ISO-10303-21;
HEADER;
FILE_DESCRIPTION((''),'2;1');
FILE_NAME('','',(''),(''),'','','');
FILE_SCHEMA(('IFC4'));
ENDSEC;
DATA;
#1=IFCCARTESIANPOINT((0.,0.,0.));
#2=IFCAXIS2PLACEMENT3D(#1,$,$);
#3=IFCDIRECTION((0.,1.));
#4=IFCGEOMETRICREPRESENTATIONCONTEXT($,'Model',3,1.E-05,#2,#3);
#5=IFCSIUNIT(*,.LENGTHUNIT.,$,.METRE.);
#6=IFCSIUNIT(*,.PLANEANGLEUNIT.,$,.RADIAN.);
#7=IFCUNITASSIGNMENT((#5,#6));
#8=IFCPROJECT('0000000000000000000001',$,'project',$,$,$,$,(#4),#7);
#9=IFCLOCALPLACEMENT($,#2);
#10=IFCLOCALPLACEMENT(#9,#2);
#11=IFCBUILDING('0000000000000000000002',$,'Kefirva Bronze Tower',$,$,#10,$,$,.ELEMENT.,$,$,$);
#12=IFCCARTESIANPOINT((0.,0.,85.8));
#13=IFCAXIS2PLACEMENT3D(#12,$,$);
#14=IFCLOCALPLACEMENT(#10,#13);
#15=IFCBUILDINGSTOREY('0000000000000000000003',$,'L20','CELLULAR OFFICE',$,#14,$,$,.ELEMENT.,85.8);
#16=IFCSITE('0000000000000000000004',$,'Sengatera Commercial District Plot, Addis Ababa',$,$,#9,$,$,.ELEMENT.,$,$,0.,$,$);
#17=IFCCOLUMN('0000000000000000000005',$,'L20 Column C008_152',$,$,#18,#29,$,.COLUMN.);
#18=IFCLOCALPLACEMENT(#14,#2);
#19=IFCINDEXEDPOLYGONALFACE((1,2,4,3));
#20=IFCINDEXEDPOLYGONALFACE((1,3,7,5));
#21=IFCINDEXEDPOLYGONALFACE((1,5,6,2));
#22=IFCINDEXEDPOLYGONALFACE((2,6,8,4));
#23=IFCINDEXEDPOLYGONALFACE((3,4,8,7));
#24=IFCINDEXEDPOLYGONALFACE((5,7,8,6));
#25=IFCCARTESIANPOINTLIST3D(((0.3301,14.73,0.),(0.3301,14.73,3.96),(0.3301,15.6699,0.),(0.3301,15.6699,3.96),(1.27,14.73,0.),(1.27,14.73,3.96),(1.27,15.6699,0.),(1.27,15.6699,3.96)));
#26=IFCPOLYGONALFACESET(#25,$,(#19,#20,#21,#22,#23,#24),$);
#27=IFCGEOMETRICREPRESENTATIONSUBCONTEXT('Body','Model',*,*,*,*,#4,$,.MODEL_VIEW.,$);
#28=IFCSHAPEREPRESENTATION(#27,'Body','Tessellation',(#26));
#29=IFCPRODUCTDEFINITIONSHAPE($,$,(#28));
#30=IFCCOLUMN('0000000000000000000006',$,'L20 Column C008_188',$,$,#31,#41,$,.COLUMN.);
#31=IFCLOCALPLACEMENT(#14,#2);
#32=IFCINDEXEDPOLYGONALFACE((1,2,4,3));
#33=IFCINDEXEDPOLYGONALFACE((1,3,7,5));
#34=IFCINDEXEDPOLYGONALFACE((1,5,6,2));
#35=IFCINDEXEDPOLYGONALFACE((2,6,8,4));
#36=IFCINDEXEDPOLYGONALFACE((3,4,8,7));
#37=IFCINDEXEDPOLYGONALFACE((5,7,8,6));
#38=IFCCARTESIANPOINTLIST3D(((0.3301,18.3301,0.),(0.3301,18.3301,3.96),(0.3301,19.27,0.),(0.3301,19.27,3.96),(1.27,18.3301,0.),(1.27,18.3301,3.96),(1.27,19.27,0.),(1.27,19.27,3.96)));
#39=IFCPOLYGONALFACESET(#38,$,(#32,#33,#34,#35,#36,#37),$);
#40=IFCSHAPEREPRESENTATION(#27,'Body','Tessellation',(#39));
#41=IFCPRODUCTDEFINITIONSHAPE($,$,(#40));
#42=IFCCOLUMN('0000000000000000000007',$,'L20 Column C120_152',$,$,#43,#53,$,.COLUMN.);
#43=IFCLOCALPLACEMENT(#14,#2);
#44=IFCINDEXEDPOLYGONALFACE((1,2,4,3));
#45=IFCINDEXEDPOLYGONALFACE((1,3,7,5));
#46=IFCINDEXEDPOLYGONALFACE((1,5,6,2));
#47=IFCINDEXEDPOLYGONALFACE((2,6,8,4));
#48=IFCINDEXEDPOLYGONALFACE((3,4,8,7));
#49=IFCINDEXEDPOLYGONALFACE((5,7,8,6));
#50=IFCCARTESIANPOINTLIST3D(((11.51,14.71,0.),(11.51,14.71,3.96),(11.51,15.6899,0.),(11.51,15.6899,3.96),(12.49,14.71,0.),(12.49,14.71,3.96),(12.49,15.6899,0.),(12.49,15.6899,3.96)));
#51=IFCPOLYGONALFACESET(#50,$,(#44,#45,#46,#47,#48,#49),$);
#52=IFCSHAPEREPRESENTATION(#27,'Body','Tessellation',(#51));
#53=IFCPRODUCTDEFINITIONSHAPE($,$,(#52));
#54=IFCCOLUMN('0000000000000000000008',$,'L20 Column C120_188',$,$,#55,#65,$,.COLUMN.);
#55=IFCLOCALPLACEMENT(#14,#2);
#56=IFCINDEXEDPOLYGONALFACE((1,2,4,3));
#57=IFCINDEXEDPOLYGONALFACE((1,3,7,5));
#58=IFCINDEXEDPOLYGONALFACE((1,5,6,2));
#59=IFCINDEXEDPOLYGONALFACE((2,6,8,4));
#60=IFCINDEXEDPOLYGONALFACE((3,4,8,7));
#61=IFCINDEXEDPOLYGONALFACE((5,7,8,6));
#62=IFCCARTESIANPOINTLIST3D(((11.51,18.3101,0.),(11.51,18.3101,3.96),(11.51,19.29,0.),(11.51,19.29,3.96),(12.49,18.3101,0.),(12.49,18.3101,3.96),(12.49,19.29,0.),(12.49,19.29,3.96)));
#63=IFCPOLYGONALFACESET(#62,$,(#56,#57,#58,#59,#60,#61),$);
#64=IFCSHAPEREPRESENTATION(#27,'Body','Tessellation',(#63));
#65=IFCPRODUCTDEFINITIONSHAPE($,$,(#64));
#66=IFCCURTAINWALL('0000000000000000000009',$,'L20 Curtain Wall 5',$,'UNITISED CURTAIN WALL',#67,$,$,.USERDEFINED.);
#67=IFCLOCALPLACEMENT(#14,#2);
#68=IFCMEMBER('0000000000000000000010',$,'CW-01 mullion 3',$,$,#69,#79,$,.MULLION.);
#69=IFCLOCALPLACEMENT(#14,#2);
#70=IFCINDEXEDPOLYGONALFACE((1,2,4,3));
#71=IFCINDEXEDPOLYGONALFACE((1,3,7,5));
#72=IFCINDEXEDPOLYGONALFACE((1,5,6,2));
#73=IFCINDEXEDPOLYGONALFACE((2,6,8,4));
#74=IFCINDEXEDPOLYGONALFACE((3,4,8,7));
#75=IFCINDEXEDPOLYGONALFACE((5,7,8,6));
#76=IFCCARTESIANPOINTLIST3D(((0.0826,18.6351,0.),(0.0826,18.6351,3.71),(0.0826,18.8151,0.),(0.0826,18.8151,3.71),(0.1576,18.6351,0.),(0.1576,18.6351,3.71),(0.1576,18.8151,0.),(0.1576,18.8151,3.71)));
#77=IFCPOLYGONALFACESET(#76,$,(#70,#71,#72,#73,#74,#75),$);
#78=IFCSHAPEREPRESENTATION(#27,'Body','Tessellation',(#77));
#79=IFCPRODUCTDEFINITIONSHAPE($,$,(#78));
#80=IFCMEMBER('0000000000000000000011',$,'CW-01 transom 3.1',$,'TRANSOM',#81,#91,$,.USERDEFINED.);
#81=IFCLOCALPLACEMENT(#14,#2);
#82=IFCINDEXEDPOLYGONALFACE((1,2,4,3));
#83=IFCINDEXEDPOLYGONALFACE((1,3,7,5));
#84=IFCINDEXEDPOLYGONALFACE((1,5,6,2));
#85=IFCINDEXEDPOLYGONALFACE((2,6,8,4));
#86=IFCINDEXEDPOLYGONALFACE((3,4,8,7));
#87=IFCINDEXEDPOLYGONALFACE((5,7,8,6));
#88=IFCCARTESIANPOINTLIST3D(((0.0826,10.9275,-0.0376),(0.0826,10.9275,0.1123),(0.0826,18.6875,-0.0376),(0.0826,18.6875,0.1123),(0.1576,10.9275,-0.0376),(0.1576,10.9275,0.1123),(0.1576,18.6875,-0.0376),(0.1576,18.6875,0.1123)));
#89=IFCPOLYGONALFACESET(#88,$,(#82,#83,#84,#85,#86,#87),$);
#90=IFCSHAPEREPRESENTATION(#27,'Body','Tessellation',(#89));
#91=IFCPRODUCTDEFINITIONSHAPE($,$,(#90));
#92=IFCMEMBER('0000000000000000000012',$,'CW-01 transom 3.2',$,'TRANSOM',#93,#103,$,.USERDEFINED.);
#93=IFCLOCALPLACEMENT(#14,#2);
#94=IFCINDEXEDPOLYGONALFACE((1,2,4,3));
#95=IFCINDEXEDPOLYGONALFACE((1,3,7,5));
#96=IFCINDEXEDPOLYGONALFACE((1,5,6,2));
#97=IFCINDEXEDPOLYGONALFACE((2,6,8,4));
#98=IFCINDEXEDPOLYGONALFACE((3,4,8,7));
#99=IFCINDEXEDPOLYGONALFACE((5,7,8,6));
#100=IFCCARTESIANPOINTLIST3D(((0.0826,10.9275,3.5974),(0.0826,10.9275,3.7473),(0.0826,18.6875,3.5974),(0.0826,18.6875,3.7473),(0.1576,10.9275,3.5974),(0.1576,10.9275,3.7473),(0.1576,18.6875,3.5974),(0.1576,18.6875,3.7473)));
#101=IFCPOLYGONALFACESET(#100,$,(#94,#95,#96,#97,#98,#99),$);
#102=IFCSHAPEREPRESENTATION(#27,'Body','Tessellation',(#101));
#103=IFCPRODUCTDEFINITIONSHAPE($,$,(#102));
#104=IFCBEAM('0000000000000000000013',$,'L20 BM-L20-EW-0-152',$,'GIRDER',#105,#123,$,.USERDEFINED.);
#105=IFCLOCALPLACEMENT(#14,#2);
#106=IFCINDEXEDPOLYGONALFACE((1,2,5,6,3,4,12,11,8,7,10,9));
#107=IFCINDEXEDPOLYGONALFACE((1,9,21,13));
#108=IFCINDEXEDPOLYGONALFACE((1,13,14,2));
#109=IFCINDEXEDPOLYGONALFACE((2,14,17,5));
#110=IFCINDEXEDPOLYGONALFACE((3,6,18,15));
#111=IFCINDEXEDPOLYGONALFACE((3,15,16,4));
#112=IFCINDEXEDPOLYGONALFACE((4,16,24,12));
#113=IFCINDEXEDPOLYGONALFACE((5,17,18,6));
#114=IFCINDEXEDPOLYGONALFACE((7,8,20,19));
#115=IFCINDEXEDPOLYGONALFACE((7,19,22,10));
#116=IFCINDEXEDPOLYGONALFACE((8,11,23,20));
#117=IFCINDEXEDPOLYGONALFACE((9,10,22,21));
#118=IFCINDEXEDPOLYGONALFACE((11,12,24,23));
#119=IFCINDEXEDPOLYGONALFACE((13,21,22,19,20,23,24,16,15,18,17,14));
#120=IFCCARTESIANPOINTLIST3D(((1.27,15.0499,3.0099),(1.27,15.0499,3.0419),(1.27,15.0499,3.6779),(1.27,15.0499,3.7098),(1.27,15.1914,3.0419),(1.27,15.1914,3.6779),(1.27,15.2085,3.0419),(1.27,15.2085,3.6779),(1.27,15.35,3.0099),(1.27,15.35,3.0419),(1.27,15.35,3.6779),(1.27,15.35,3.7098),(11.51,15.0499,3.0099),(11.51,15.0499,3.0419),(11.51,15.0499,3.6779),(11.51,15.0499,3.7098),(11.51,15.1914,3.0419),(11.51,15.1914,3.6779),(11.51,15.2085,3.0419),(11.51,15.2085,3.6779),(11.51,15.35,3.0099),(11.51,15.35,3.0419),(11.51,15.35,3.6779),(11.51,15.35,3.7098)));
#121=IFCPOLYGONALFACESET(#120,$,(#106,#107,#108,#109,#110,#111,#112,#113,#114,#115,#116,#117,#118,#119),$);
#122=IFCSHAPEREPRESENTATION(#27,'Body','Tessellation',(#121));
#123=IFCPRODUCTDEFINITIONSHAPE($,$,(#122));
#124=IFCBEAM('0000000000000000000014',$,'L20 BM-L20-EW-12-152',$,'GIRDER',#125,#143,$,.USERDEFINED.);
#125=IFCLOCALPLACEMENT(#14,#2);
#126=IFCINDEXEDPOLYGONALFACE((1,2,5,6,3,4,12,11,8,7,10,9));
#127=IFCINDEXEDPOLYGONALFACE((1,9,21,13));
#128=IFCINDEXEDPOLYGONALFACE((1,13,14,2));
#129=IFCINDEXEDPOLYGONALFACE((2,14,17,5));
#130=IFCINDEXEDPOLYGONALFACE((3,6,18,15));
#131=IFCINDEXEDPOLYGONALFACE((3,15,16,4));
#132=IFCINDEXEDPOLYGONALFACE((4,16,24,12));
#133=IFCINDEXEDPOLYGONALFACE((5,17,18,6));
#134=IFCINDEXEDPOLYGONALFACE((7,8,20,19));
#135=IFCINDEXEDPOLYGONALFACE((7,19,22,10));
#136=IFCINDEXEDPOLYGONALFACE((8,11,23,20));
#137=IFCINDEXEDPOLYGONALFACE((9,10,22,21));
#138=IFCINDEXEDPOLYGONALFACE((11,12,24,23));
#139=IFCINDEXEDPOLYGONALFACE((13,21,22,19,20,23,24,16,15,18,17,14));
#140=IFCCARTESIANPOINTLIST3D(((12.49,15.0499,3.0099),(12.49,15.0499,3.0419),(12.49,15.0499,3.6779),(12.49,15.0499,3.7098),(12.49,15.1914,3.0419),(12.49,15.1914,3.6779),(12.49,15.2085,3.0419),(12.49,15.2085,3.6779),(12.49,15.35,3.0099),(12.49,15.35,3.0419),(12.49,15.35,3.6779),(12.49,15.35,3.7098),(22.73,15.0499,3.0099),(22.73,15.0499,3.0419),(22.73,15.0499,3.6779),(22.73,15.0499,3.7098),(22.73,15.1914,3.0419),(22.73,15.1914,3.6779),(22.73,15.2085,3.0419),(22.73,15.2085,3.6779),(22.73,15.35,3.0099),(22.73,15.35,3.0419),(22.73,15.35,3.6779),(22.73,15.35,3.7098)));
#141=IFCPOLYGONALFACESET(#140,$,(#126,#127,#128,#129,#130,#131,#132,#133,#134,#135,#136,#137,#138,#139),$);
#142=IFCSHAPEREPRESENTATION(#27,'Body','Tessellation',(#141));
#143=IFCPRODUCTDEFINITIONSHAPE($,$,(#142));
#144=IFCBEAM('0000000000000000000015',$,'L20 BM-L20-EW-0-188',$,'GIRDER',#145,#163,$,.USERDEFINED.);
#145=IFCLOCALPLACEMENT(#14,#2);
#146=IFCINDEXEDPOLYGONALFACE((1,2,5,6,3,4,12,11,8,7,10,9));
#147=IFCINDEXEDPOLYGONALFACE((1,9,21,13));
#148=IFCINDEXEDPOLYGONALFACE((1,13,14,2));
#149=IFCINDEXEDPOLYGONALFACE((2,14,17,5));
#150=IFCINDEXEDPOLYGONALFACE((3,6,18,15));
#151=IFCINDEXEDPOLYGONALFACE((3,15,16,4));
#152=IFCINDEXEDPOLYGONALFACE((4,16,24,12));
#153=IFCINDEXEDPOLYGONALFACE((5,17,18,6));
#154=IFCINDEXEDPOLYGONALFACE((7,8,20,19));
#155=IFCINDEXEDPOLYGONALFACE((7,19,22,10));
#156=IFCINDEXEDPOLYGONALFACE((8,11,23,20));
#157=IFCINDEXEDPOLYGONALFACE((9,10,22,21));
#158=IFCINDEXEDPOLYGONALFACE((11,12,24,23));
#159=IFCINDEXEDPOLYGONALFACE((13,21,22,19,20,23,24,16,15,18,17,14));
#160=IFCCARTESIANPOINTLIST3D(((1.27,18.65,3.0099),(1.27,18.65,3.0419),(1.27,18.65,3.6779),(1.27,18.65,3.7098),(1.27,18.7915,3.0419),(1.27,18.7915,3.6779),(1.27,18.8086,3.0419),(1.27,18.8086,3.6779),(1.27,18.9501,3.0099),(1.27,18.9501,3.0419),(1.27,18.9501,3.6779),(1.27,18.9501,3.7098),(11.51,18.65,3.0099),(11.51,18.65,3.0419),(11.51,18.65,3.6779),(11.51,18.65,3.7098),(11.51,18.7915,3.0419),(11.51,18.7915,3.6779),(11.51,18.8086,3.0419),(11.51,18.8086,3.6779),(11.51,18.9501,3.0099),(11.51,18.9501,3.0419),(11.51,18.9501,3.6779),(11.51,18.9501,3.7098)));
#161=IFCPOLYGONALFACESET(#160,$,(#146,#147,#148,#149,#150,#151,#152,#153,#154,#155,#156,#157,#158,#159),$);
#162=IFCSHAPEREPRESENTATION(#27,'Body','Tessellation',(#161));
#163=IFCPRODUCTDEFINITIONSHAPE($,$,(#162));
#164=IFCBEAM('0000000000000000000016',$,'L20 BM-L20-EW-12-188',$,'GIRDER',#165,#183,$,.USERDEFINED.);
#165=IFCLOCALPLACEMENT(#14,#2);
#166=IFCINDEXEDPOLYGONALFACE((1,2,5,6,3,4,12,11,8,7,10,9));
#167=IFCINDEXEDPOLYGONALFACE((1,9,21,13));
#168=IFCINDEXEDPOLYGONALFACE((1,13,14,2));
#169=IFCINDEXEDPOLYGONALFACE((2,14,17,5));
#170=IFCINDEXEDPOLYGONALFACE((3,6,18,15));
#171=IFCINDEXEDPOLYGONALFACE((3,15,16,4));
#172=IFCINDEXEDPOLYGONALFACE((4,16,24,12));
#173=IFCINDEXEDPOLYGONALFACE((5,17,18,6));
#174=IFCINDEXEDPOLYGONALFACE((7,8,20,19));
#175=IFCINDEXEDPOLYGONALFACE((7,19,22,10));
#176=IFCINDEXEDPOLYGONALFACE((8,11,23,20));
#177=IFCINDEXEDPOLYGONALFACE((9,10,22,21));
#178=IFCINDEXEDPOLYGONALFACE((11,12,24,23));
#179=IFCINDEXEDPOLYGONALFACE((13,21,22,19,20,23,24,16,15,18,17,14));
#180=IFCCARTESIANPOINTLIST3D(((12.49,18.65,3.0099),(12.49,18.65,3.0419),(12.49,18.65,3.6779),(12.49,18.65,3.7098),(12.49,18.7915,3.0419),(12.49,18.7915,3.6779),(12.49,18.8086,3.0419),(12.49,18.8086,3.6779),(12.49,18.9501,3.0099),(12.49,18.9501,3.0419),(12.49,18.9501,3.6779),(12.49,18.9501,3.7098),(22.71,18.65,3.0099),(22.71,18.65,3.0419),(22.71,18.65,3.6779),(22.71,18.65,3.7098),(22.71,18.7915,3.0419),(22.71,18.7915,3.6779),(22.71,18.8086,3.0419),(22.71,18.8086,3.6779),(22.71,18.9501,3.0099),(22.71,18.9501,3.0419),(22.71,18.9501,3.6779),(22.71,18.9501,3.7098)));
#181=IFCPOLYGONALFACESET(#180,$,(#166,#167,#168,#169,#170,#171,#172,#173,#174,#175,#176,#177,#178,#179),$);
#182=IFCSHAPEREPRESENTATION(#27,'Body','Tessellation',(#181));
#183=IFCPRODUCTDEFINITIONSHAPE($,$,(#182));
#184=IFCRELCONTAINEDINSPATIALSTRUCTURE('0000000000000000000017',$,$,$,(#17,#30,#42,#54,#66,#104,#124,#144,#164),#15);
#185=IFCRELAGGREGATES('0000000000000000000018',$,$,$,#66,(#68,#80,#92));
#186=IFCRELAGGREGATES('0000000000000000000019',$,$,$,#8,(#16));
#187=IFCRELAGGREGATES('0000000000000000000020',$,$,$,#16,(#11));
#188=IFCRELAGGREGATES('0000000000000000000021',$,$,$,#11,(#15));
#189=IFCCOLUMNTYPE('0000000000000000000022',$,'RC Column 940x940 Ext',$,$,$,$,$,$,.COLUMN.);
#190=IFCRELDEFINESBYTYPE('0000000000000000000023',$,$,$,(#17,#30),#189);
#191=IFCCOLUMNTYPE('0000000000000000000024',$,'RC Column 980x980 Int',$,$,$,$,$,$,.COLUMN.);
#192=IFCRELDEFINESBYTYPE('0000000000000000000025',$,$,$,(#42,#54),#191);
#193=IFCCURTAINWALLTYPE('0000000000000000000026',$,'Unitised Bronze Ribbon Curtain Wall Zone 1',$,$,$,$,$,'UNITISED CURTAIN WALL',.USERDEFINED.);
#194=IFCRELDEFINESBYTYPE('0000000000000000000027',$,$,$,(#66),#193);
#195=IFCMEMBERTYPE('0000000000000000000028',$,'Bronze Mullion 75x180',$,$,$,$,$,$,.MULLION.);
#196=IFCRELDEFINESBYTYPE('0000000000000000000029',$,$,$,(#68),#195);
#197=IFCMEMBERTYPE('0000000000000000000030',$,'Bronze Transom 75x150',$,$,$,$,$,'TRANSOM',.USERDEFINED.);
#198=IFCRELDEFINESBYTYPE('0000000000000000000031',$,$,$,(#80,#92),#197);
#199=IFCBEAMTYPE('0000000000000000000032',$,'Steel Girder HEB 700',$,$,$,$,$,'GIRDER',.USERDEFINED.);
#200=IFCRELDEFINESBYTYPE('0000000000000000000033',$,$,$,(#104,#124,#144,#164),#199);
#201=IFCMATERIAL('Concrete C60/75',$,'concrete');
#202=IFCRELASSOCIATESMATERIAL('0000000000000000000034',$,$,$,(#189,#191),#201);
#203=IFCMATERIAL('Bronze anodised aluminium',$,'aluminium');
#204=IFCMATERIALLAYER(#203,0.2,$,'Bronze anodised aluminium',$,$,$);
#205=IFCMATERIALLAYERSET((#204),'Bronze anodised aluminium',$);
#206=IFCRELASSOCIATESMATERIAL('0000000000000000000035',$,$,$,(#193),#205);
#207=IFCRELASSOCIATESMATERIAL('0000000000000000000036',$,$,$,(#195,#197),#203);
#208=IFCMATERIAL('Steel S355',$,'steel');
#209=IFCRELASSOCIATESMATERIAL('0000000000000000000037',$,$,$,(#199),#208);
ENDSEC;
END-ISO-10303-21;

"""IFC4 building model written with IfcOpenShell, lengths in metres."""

from ifc_helpers import new_model, si_unit, direction, frame, origin, origin_2d, place, context, subcontext, project, spatial, rectangle, i_section, extrude, material, layer, layer_set, material_profile, profile_set, type_object, element, aggregate, save


model = new_model("IFC4")

# Units and contexts
model_context = context("Model", 3, precision=1e-05, world=origin(), true_north=direction((0.0, 1.0)))
body_context = subcontext(model_context, "Body", "Model", "MODEL_VIEW")
ifc_project = project(units=[si_unit("LENGTHUNIT", "METRE"), si_unit("PLANEANGLEUNIT", "RADIAN")], contexts=[model_context])

# Site, building, storey
site_placement = place(None, origin())
site = spatial("IfcSite", under=ifc_project, at=site_placement, Name="Sengatera Commercial District Plot, Addis Ababa", CompositionType="ELEMENT", RefElevation=0.0)
building_placement = place(site_placement, origin())
building = spatial("IfcBuilding", under=site, at=building_placement, Name="Kefirva Bronze Tower", CompositionType="ELEMENT")
storey_placement = place(building_placement, frame((0.0, 0.0, 85.8)))
storey = spatial("IfcBuildingStorey", under=building, at=storey_placement, Name="L20", Description="CELLULAR OFFICE", CompositionType="ELEMENT", Elevation=85.8)

# Columns
ifc_material_1 = material(Name="Concrete C60/75", Category="concrete")
ifc_material_profile_1 = material_profile(ifc_material_1, rectangle(XDim=0.9399, YDim=0.9399, at=origin_2d()), Name="RC 940x940")
ifc_profile_set_1 = profile_set([ifc_material_profile_1], Name="Concrete C60/75")
column_type_1 = type_object("IfcColumnType", Name="RC Column 940x940 Ext", PredefinedType="COLUMN", material=ifc_profile_set_1)
for number, where, z_axis, x_axis, name in (
    (1, (0.8, 15.2, 0.0), (0.0, 0.0, 1.0), (1.0, 0.0, 0.0), "L20 Column C008_152"),
    (2, (0.8, 18.8, 0.0), (0.0, 0.0, 1.0), (1.0, 0.0, 0.0), "L20 Column C008_188"),
):
    element("IfcColumn", number, at=place(storey_placement, frame(where, z_axis=z_axis, x_axis=x_axis)), inside=storey, type_object=column_type_1, Name=name, PredefinedType="COLUMN", context=body_context, shape_type="SweptSolid", body=[
        extrude(rectangle(XDim=0.9399, YDim=0.9399, at=origin_2d()), origin(), (0.0, 0.0, 1.0), 3.96),
    ])
ifc_material_profile_2 = material_profile(ifc_material_1, rectangle(XDim=0.98, YDim=0.98, at=origin_2d()), Name="RC 980x980")
ifc_profile_set_2 = profile_set([ifc_material_profile_2], Name="Concrete C60/75")
column_type_2 = type_object("IfcColumnType", Name="RC Column 980x980 Int", PredefinedType="COLUMN", material=ifc_profile_set_2)
for number, where, z_axis, x_axis, name in (
    (3, (12.0, 15.2, 0.0), (0.0, 0.0, 1.0), (1.0, 0.0, 0.0), "L20 Column C120_152"),
    (4, (12.0, 18.8, 0.0), (0.0, 0.0, 1.0), (1.0, 0.0, 0.0), "L20 Column C120_188"),
):
    element("IfcColumn", number, at=place(storey_placement, frame(where, z_axis=z_axis, x_axis=x_axis)), inside=storey, type_object=column_type_2, Name=name, PredefinedType="COLUMN", context=body_context, shape_type="SweptSolid", body=[
        extrude(rectangle(XDim=0.98, YDim=0.98, at=origin_2d()), origin(), (0.0, 0.0, 1.0), 3.96),
    ])

# Curtain wall, members
ifc_material_2 = material(Name="Bronze anodised aluminium", Category="aluminium")
ifc_layer_1 = layer(ifc_material_2, 0.2, Name="Bronze anodised aluminium")
ifc_layer_set_1 = layer_set([ifc_layer_1], Name="Bronze anodised aluminium")
curtain_wall_type = type_object("IfcCurtainWallType", Name="Unitised Bronze Ribbon Curtain Wall Zone 1", ElementType="UNITISED CURTAIN WALL", PredefinedType="USERDEFINED", material=ifc_layer_set_1)
curtain_wall_placement = place(storey_placement, origin())
curtain_wall = element("IfcCurtainWall", 5, at=curtain_wall_placement, inside=storey, type_object=curtain_wall_type, Name="L20 Curtain Wall 5", ObjectType="UNITISED CURTAIN WALL", PredefinedType="USERDEFINED")
ifc_material_profile_3 = material_profile(ifc_material_2, rectangle(XDim=0.075, YDim=0.1799, at=origin_2d()), Name="ALU 75x180")
ifc_profile_set_3 = profile_set([ifc_material_profile_3], Name="Bronze anodised aluminium")
member_type_1 = type_object("IfcMemberType", Name="Bronze Mullion 75x180", PredefinedType="MULLION", material=ifc_profile_set_3)
member_1_placement = place(storey_placement, frame((0.1201, 18.7251, 0.0), z_axis=(0.0, 0.0, 1.0), x_axis=(1.0, 0.0, 0.0)))
member_1 = element("IfcMember", 6, at=member_1_placement, type_object=member_type_1, Name="CW-01 mullion 3", PredefinedType="MULLION", context=body_context, shape_type="SweptSolid", body=[
    extrude(rectangle(XDim=0.075, YDim=0.1799, at=origin_2d()), origin(), (0.0, 0.0, 1.0), 3.71),
])
ifc_material_profile_4 = material_profile(ifc_material_2, rectangle(XDim=0.075, YDim=0.1499, at=origin_2d()), Name="ALU 75x150")
ifc_profile_set_4 = profile_set([ifc_material_profile_4], Name="Bronze anodised aluminium")
member_type_2 = type_object("IfcMemberType", Name="Bronze Transom 75x150", ElementType="TRANSOM", PredefinedType="USERDEFINED", material=ifc_profile_set_4)
member_2_placement = place(storey_placement, frame((0.1201, 18.6875, 0.0374), z_axis=(0.0, -1.0, 0.0), x_axis=(1.0, 0.0, 0.0)))
member_2 = element("IfcMember", 7, at=member_2_placement, type_object=member_type_2, Name="CW-01 transom 3.1", ObjectType="TRANSOM", PredefinedType="USERDEFINED", context=body_context, shape_type="SweptSolid", body=[
    extrude(rectangle(XDim=0.075, YDim=0.1499, at=origin_2d()), origin(), (0.0, 0.0, 1.0), 7.76),
])
member_3_placement = place(storey_placement, frame((0.1201, 18.6875, 3.6724), z_axis=(0.0, -1.0, 0.0), x_axis=(1.0, 0.0, 0.0)))
member_3 = element("IfcMember", 8, at=member_3_placement, type_object=member_type_2, Name="CW-01 transom 3.2", ObjectType="TRANSOM", PredefinedType="USERDEFINED", context=body_context, shape_type="SweptSolid", body=[
    extrude(rectangle(XDim=0.075, YDim=0.1499, at=origin_2d()), origin(), (0.0, 0.0, 1.0), 7.76),
])

# Beams
ifc_material_3 = material(Name="Steel S355", Category="steel")
ifc_material_profile_5 = material_profile(ifc_material_3, i_section(OverallWidth=0.3, OverallDepth=0.7, WebThickness=0.0171, FlangeThickness=0.032, at=origin_2d()), Name="HEB 700")
ifc_profile_set_5 = profile_set([ifc_material_profile_5], Name="Steel S355")
beam_type_1 = type_object("IfcBeamType", Name="Steel Girder HEB 700", ElementType="GIRDER", PredefinedType="USERDEFINED", material=ifc_profile_set_5)
for number, where, z_axis, x_axis, name in (
    (9, (1.27, 15.2, 3.3599), (1.0, 0.0, 0.0), (0.0, 1.0, 0.0), "L20 BM-L20-EW-0-152"),
    (10, (12.49, 15.2, 3.3599), (1.0, 0.0, 0.0), (0.0, 1.0, 0.0), "L20 BM-L20-EW-12-152"),
    (11, (1.27, 18.8, 3.3599), (1.0, 0.0, 0.0), (0.0, 1.0, 0.0), "L20 BM-L20-EW-0-188"),
):
    element("IfcBeam", number, at=place(storey_placement, frame(where, z_axis=z_axis, x_axis=x_axis)), inside=storey, type_object=beam_type_1, Name=name, ObjectType="GIRDER", PredefinedType="USERDEFINED", context=body_context, shape_type="SweptSolid", body=[
        extrude(i_section(OverallWidth=0.3, OverallDepth=0.7, WebThickness=0.0171, FlangeThickness=0.032, at=origin_2d()), origin(), (0.0, 0.0, 1.0), 10.24),
    ])
beam_1_placement = place(storey_placement, frame((12.49, 18.8, 3.3599), z_axis=(1.0, 0.0, 0.0), x_axis=(0.0, 1.0, 0.0)))
element("IfcBeam", 12, at=beam_1_placement, inside=storey, type_object=beam_type_1, Name="L20 BM-L20-EW-12-188", ObjectType="GIRDER", PredefinedType="USERDEFINED", context=body_context, shape_type="SweptSolid", body=[
    extrude(i_section(OverallWidth=0.3, OverallDepth=0.7, WebThickness=0.0171, FlangeThickness=0.032, at=origin_2d()), origin(), (0.0, 0.0, 1.0), 10.22),
])

aggregate(curtain_wall, [member_1, member_2, member_3])

save(model, "model.ifc")
